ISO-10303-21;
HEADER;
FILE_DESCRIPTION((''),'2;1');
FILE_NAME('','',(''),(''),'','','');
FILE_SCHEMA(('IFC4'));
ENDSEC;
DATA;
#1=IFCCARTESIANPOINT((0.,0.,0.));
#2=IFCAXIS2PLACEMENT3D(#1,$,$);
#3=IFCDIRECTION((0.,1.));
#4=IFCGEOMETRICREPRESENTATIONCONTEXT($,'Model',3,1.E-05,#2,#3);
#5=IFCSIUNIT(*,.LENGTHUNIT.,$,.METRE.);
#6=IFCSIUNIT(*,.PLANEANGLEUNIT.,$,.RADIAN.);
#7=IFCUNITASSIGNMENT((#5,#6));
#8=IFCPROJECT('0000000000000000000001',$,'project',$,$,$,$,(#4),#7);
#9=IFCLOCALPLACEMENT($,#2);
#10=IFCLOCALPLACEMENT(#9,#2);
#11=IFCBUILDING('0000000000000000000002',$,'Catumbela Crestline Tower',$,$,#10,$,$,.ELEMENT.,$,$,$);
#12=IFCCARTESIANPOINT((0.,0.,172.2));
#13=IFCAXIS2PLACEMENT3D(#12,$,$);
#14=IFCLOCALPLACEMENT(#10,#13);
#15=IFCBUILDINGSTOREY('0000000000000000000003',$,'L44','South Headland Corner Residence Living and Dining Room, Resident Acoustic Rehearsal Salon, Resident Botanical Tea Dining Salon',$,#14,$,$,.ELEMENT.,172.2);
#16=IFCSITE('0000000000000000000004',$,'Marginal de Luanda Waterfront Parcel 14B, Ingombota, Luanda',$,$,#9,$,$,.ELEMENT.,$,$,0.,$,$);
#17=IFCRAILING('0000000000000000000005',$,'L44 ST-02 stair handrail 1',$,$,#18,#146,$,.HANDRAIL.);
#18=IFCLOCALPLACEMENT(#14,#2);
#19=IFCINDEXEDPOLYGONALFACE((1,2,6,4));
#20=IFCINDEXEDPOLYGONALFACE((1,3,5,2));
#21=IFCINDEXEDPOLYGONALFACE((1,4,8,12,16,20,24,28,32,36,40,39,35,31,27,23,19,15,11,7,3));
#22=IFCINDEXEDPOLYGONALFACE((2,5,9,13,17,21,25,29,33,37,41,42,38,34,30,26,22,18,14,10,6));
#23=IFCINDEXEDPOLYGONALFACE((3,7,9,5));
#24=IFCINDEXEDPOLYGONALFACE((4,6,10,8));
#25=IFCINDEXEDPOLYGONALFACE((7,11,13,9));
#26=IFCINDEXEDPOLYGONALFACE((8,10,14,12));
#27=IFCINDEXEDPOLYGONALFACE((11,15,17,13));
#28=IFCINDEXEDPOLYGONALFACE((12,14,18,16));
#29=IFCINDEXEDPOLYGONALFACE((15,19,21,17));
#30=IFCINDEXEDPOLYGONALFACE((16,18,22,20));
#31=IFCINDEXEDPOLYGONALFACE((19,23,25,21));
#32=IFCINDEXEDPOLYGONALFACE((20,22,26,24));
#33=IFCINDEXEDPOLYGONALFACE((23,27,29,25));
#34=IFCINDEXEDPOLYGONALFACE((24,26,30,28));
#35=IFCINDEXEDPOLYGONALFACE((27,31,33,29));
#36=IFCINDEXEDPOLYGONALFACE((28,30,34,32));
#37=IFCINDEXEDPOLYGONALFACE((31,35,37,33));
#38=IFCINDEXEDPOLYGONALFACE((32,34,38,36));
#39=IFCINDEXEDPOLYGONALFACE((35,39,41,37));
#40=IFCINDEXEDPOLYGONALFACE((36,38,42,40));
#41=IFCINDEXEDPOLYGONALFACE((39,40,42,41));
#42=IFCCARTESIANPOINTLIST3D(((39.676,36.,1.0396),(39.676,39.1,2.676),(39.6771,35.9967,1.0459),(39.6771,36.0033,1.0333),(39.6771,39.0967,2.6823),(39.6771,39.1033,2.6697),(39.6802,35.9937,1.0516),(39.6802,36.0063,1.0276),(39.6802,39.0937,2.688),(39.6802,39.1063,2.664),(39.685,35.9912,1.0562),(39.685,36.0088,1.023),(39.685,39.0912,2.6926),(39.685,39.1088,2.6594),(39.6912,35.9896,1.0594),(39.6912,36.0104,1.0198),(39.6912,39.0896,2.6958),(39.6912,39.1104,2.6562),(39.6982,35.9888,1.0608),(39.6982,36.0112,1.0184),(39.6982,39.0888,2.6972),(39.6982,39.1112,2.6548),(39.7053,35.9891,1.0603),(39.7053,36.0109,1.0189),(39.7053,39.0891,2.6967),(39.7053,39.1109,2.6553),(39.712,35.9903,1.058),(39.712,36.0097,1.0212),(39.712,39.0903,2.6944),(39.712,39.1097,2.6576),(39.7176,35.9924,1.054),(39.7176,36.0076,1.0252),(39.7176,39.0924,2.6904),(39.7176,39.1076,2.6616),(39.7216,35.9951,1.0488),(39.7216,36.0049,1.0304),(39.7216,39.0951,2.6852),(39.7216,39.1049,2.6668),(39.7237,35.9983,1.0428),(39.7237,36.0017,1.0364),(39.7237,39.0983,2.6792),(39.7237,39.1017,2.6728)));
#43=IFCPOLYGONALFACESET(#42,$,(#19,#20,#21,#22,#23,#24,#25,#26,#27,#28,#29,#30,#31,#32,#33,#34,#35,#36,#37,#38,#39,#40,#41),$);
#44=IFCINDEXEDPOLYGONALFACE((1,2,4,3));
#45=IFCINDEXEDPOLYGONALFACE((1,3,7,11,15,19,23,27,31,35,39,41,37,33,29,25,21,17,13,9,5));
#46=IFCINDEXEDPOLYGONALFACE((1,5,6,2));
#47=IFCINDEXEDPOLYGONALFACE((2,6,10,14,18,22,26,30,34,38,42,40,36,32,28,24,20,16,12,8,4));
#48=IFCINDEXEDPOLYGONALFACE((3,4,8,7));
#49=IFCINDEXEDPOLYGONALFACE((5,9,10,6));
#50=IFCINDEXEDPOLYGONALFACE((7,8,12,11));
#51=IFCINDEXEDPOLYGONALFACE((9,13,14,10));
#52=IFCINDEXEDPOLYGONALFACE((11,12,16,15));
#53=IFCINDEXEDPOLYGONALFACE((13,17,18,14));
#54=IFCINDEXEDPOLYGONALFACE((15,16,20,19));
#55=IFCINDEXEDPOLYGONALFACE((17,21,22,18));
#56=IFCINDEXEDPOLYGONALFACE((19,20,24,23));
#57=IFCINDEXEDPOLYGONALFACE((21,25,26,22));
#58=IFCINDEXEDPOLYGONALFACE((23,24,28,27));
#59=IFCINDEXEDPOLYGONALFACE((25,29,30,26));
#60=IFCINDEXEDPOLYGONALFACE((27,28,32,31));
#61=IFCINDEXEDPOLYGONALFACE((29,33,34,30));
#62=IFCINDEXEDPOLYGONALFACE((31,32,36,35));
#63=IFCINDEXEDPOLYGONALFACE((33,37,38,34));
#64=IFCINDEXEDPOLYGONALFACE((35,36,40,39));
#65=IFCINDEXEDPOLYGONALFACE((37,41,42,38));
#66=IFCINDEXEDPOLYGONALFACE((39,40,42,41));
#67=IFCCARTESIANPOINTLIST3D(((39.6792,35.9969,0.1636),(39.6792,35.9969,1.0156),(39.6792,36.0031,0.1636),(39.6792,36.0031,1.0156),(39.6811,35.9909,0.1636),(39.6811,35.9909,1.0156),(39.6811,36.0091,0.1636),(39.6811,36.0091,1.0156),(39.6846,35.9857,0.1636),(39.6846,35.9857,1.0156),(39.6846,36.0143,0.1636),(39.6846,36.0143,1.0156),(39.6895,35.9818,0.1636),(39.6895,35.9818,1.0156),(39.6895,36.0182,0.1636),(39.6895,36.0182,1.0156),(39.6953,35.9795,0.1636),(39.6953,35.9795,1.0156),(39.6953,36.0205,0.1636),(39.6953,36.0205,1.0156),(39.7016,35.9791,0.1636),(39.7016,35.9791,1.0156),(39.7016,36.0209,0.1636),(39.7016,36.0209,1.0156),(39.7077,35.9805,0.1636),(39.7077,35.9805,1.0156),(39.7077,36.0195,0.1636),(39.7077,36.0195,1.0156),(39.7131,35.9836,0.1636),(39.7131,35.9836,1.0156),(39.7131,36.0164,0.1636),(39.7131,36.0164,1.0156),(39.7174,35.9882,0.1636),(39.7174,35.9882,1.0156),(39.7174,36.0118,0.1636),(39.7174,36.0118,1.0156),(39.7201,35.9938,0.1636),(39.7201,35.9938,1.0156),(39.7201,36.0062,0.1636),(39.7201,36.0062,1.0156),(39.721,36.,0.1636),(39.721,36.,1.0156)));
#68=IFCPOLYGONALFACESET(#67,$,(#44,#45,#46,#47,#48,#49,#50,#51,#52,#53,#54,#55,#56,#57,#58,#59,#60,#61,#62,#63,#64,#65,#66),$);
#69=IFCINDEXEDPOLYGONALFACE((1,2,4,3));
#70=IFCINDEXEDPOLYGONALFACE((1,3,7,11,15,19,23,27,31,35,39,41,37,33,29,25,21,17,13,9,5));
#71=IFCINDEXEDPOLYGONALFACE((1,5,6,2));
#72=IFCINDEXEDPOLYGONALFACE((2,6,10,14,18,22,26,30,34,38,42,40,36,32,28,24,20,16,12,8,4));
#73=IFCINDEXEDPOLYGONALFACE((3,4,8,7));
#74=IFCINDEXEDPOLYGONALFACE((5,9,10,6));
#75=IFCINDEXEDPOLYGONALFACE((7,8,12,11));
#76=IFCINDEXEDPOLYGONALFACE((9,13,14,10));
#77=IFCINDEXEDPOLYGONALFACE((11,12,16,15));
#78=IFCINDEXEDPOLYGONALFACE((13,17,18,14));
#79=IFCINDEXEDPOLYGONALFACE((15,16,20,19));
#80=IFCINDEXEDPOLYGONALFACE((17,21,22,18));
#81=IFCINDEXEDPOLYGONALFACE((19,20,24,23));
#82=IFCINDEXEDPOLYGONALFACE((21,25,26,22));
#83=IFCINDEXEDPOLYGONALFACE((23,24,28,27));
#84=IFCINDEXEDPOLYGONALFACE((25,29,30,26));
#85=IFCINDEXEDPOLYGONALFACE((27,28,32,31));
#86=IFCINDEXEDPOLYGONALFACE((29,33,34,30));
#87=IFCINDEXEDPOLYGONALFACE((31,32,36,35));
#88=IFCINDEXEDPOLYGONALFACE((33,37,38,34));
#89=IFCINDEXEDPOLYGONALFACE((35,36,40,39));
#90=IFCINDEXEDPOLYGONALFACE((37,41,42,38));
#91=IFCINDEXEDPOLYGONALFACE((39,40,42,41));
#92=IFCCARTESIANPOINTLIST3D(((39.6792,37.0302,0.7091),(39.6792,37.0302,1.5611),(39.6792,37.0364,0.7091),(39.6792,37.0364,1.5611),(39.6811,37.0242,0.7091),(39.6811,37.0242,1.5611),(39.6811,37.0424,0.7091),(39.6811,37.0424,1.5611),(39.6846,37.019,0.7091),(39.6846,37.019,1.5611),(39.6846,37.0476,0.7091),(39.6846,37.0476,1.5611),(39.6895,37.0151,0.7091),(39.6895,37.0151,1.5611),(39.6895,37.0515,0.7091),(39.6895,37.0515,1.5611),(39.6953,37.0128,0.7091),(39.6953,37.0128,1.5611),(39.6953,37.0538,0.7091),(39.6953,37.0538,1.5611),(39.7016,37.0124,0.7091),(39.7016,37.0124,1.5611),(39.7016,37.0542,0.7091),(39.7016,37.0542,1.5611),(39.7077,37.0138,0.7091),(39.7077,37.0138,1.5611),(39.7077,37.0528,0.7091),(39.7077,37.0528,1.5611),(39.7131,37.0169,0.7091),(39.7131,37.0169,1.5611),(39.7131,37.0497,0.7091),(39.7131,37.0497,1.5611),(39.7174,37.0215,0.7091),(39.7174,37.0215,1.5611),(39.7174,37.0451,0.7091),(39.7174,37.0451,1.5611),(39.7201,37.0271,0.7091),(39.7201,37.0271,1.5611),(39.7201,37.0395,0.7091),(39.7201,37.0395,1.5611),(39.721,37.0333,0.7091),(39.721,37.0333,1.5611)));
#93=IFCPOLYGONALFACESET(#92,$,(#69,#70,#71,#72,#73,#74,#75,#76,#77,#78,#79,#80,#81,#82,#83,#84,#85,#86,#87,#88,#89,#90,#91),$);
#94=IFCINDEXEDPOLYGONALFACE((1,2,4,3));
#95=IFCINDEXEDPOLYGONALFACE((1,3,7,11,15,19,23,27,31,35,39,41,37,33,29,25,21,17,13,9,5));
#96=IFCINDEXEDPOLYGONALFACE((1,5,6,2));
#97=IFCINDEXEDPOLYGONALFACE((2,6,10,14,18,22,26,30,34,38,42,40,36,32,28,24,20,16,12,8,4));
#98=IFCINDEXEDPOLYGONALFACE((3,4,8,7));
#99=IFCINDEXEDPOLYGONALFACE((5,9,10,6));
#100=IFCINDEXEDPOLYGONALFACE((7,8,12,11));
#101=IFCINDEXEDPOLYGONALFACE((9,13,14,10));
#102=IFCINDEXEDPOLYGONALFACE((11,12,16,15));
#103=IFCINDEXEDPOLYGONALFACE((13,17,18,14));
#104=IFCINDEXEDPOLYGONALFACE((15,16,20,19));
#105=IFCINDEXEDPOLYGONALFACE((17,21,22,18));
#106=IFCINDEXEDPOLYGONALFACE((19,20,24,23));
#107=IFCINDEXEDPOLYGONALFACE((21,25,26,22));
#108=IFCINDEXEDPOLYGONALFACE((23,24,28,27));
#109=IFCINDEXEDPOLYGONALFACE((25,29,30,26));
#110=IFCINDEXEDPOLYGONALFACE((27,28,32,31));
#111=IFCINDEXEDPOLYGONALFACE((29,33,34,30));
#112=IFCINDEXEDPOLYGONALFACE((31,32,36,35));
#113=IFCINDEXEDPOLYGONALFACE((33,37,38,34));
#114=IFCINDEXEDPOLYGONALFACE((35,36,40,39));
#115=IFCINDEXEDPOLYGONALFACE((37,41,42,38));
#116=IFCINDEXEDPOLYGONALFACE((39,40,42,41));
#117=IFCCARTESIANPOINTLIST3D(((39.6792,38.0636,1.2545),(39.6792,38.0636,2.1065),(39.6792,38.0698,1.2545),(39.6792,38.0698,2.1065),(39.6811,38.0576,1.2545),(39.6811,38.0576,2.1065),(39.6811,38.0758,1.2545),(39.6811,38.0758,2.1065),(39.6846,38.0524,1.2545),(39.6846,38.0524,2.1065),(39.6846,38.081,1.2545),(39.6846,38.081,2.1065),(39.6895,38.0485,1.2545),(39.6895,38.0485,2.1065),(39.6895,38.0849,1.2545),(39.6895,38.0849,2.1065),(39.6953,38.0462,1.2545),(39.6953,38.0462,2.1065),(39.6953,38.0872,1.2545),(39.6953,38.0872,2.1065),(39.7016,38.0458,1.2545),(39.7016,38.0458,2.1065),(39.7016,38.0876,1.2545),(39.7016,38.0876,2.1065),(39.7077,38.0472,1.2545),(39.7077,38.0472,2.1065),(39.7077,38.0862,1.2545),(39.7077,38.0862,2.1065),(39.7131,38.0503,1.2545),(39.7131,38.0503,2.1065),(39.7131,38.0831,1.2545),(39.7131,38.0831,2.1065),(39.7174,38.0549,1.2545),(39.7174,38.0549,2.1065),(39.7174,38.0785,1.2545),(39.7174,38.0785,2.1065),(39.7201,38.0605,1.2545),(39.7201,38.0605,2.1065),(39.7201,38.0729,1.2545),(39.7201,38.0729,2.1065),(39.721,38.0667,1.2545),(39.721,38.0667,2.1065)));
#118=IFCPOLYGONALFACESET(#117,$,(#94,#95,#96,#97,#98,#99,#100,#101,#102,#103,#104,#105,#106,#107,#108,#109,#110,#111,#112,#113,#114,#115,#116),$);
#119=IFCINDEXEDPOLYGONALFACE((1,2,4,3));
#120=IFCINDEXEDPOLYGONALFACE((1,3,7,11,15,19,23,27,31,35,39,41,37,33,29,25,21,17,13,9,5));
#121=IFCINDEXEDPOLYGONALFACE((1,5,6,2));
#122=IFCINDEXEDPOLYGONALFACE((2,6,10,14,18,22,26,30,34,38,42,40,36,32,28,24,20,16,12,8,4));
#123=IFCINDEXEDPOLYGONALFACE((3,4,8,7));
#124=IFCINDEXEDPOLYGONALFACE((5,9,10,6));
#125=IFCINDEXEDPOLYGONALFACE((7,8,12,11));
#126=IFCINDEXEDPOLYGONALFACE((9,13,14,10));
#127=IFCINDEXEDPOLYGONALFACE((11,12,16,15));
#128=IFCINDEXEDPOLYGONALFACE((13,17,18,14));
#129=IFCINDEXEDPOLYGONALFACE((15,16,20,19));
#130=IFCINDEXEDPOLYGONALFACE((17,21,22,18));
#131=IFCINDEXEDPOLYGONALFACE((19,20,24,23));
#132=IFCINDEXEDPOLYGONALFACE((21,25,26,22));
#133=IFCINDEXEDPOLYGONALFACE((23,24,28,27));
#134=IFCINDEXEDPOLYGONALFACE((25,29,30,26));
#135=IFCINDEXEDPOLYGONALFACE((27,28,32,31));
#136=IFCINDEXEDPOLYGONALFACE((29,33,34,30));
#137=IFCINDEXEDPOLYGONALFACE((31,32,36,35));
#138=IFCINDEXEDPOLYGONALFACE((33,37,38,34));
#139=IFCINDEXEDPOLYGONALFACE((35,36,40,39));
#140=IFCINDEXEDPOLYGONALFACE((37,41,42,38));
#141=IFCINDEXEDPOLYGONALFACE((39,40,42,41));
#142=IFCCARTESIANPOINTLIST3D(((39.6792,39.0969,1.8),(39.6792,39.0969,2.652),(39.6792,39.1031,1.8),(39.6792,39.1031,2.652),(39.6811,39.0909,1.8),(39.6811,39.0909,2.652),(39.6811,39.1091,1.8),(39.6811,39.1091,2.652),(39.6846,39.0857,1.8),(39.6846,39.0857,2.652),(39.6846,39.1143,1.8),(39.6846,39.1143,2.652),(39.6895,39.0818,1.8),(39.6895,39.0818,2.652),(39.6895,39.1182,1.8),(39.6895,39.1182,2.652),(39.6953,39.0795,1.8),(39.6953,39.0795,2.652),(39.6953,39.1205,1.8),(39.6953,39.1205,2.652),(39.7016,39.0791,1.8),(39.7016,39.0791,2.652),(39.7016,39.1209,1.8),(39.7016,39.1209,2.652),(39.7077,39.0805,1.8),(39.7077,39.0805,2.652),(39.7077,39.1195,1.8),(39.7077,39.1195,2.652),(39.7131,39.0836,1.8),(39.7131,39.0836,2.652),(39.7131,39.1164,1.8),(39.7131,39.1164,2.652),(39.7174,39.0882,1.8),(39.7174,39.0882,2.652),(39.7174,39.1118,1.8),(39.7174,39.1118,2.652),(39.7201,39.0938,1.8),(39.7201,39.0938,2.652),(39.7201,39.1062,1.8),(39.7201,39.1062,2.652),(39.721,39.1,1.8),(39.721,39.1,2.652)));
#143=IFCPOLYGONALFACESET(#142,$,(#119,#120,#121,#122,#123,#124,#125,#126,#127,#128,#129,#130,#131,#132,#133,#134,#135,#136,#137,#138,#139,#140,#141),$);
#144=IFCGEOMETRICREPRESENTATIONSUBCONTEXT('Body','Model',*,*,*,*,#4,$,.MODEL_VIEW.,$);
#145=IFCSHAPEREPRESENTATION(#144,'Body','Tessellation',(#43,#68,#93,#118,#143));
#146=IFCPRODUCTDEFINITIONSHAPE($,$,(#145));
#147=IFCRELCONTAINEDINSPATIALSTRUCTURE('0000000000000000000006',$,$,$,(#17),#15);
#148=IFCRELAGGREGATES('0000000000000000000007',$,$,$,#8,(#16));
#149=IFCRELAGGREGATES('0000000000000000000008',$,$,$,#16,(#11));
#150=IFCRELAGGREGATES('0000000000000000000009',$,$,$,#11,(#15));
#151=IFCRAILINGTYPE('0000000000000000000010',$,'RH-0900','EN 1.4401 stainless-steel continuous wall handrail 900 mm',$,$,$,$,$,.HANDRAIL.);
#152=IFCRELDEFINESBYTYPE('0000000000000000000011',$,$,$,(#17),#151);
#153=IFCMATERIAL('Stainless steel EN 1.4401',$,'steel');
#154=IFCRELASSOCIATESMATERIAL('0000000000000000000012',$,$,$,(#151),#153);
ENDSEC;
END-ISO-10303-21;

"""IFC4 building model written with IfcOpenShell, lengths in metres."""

from ifc_helpers import new_model, si_unit, direction, frame, origin, origin_2d, place, context, subcontext, project, spatial, circle, extrude, material, type_object, element, save


model = new_model("IFC4")

# Units and contexts
model_context = context("Model", 3, precision=1e-05, world=origin(), true_north=direction((0.0, 1.0)))
body_context = subcontext(model_context, "Body", "Model", "MODEL_VIEW")
ifc_project = project(units=[si_unit("LENGTHUNIT", "METRE"), si_unit("PLANEANGLEUNIT", "RADIAN")], contexts=[model_context])

# Site, building, storey
site_placement = place(None, origin())
site = spatial("IfcSite", under=ifc_project, at=site_placement, Name="Marginal de Luanda Waterfront Parcel 14B, Ingombota, Luanda", CompositionType="ELEMENT", RefElevation=0.0)
building_placement = place(site_placement, origin())
building = spatial("IfcBuilding", under=site, at=building_placement, Name="Catumbela Crestline Tower", CompositionType="ELEMENT")
storey_placement = place(building_placement, frame((0.0, 0.0, 172.2)))
storey = spatial("IfcBuildingStorey", under=building, at=storey_placement, Name="L44", Description="South Headland Corner Residence Living and Dining Room, Resident Acoustic Rehearsal Salon, Resident Botanical Tea Dining Salon", CompositionType="ELEMENT", Elevation=172.2)

# Shared definitions
ifc_material_1 = material(Name="Stainless steel EN 1.4401", Category="steel")

# Railing
railing_type_1 = type_object("IfcRailingType", Name="RH-0900", Description="EN 1.4401 stainless-steel continuous wall handrail 900 mm", PredefinedType="HANDRAIL", material=ifc_material_1)
railing_1_placement = place(storey_placement, frame((39.7, 36.0, 0.1636)))
element("IfcRailing", 1, at=railing_1_placement, inside=storey, type_object=railing_type_1, Name="L44 ST-02 stair handrail 1", PredefinedType="HANDRAIL", context=body_context, shape_type="SweptSolid", body=[
    extrude(circle(Radius=0.024, at=origin_2d()), frame((0.0, 0.0, 0.876), z_axis=(0.0, 0.884351, 0.466823), x_axis=(-1.0, 0.0, 0.0)), (0.0, 0.0, 1.0), 3.5054),
    extrude(circle(Radius=0.021, at=origin_2d()), origin(), (0.0, 0.0, 1.0), 0.852),
    extrude(circle(Radius=0.021, at=origin_2d()), frame((0.0, 1.0333, 0.5455)), (0.0, 0.0, 1.0), 0.852),
    extrude(circle(Radius=0.021, at=origin_2d()), frame((0.0, 2.0667, 1.0909)), (0.0, 0.0, 1.0), 0.852),
    extrude(circle(Radius=0.021, at=origin_2d()), frame((0.0, 3.1, 1.6364)), (0.0, 0.0, 1.0), 0.852),
])

save(model, "model.ifc")
